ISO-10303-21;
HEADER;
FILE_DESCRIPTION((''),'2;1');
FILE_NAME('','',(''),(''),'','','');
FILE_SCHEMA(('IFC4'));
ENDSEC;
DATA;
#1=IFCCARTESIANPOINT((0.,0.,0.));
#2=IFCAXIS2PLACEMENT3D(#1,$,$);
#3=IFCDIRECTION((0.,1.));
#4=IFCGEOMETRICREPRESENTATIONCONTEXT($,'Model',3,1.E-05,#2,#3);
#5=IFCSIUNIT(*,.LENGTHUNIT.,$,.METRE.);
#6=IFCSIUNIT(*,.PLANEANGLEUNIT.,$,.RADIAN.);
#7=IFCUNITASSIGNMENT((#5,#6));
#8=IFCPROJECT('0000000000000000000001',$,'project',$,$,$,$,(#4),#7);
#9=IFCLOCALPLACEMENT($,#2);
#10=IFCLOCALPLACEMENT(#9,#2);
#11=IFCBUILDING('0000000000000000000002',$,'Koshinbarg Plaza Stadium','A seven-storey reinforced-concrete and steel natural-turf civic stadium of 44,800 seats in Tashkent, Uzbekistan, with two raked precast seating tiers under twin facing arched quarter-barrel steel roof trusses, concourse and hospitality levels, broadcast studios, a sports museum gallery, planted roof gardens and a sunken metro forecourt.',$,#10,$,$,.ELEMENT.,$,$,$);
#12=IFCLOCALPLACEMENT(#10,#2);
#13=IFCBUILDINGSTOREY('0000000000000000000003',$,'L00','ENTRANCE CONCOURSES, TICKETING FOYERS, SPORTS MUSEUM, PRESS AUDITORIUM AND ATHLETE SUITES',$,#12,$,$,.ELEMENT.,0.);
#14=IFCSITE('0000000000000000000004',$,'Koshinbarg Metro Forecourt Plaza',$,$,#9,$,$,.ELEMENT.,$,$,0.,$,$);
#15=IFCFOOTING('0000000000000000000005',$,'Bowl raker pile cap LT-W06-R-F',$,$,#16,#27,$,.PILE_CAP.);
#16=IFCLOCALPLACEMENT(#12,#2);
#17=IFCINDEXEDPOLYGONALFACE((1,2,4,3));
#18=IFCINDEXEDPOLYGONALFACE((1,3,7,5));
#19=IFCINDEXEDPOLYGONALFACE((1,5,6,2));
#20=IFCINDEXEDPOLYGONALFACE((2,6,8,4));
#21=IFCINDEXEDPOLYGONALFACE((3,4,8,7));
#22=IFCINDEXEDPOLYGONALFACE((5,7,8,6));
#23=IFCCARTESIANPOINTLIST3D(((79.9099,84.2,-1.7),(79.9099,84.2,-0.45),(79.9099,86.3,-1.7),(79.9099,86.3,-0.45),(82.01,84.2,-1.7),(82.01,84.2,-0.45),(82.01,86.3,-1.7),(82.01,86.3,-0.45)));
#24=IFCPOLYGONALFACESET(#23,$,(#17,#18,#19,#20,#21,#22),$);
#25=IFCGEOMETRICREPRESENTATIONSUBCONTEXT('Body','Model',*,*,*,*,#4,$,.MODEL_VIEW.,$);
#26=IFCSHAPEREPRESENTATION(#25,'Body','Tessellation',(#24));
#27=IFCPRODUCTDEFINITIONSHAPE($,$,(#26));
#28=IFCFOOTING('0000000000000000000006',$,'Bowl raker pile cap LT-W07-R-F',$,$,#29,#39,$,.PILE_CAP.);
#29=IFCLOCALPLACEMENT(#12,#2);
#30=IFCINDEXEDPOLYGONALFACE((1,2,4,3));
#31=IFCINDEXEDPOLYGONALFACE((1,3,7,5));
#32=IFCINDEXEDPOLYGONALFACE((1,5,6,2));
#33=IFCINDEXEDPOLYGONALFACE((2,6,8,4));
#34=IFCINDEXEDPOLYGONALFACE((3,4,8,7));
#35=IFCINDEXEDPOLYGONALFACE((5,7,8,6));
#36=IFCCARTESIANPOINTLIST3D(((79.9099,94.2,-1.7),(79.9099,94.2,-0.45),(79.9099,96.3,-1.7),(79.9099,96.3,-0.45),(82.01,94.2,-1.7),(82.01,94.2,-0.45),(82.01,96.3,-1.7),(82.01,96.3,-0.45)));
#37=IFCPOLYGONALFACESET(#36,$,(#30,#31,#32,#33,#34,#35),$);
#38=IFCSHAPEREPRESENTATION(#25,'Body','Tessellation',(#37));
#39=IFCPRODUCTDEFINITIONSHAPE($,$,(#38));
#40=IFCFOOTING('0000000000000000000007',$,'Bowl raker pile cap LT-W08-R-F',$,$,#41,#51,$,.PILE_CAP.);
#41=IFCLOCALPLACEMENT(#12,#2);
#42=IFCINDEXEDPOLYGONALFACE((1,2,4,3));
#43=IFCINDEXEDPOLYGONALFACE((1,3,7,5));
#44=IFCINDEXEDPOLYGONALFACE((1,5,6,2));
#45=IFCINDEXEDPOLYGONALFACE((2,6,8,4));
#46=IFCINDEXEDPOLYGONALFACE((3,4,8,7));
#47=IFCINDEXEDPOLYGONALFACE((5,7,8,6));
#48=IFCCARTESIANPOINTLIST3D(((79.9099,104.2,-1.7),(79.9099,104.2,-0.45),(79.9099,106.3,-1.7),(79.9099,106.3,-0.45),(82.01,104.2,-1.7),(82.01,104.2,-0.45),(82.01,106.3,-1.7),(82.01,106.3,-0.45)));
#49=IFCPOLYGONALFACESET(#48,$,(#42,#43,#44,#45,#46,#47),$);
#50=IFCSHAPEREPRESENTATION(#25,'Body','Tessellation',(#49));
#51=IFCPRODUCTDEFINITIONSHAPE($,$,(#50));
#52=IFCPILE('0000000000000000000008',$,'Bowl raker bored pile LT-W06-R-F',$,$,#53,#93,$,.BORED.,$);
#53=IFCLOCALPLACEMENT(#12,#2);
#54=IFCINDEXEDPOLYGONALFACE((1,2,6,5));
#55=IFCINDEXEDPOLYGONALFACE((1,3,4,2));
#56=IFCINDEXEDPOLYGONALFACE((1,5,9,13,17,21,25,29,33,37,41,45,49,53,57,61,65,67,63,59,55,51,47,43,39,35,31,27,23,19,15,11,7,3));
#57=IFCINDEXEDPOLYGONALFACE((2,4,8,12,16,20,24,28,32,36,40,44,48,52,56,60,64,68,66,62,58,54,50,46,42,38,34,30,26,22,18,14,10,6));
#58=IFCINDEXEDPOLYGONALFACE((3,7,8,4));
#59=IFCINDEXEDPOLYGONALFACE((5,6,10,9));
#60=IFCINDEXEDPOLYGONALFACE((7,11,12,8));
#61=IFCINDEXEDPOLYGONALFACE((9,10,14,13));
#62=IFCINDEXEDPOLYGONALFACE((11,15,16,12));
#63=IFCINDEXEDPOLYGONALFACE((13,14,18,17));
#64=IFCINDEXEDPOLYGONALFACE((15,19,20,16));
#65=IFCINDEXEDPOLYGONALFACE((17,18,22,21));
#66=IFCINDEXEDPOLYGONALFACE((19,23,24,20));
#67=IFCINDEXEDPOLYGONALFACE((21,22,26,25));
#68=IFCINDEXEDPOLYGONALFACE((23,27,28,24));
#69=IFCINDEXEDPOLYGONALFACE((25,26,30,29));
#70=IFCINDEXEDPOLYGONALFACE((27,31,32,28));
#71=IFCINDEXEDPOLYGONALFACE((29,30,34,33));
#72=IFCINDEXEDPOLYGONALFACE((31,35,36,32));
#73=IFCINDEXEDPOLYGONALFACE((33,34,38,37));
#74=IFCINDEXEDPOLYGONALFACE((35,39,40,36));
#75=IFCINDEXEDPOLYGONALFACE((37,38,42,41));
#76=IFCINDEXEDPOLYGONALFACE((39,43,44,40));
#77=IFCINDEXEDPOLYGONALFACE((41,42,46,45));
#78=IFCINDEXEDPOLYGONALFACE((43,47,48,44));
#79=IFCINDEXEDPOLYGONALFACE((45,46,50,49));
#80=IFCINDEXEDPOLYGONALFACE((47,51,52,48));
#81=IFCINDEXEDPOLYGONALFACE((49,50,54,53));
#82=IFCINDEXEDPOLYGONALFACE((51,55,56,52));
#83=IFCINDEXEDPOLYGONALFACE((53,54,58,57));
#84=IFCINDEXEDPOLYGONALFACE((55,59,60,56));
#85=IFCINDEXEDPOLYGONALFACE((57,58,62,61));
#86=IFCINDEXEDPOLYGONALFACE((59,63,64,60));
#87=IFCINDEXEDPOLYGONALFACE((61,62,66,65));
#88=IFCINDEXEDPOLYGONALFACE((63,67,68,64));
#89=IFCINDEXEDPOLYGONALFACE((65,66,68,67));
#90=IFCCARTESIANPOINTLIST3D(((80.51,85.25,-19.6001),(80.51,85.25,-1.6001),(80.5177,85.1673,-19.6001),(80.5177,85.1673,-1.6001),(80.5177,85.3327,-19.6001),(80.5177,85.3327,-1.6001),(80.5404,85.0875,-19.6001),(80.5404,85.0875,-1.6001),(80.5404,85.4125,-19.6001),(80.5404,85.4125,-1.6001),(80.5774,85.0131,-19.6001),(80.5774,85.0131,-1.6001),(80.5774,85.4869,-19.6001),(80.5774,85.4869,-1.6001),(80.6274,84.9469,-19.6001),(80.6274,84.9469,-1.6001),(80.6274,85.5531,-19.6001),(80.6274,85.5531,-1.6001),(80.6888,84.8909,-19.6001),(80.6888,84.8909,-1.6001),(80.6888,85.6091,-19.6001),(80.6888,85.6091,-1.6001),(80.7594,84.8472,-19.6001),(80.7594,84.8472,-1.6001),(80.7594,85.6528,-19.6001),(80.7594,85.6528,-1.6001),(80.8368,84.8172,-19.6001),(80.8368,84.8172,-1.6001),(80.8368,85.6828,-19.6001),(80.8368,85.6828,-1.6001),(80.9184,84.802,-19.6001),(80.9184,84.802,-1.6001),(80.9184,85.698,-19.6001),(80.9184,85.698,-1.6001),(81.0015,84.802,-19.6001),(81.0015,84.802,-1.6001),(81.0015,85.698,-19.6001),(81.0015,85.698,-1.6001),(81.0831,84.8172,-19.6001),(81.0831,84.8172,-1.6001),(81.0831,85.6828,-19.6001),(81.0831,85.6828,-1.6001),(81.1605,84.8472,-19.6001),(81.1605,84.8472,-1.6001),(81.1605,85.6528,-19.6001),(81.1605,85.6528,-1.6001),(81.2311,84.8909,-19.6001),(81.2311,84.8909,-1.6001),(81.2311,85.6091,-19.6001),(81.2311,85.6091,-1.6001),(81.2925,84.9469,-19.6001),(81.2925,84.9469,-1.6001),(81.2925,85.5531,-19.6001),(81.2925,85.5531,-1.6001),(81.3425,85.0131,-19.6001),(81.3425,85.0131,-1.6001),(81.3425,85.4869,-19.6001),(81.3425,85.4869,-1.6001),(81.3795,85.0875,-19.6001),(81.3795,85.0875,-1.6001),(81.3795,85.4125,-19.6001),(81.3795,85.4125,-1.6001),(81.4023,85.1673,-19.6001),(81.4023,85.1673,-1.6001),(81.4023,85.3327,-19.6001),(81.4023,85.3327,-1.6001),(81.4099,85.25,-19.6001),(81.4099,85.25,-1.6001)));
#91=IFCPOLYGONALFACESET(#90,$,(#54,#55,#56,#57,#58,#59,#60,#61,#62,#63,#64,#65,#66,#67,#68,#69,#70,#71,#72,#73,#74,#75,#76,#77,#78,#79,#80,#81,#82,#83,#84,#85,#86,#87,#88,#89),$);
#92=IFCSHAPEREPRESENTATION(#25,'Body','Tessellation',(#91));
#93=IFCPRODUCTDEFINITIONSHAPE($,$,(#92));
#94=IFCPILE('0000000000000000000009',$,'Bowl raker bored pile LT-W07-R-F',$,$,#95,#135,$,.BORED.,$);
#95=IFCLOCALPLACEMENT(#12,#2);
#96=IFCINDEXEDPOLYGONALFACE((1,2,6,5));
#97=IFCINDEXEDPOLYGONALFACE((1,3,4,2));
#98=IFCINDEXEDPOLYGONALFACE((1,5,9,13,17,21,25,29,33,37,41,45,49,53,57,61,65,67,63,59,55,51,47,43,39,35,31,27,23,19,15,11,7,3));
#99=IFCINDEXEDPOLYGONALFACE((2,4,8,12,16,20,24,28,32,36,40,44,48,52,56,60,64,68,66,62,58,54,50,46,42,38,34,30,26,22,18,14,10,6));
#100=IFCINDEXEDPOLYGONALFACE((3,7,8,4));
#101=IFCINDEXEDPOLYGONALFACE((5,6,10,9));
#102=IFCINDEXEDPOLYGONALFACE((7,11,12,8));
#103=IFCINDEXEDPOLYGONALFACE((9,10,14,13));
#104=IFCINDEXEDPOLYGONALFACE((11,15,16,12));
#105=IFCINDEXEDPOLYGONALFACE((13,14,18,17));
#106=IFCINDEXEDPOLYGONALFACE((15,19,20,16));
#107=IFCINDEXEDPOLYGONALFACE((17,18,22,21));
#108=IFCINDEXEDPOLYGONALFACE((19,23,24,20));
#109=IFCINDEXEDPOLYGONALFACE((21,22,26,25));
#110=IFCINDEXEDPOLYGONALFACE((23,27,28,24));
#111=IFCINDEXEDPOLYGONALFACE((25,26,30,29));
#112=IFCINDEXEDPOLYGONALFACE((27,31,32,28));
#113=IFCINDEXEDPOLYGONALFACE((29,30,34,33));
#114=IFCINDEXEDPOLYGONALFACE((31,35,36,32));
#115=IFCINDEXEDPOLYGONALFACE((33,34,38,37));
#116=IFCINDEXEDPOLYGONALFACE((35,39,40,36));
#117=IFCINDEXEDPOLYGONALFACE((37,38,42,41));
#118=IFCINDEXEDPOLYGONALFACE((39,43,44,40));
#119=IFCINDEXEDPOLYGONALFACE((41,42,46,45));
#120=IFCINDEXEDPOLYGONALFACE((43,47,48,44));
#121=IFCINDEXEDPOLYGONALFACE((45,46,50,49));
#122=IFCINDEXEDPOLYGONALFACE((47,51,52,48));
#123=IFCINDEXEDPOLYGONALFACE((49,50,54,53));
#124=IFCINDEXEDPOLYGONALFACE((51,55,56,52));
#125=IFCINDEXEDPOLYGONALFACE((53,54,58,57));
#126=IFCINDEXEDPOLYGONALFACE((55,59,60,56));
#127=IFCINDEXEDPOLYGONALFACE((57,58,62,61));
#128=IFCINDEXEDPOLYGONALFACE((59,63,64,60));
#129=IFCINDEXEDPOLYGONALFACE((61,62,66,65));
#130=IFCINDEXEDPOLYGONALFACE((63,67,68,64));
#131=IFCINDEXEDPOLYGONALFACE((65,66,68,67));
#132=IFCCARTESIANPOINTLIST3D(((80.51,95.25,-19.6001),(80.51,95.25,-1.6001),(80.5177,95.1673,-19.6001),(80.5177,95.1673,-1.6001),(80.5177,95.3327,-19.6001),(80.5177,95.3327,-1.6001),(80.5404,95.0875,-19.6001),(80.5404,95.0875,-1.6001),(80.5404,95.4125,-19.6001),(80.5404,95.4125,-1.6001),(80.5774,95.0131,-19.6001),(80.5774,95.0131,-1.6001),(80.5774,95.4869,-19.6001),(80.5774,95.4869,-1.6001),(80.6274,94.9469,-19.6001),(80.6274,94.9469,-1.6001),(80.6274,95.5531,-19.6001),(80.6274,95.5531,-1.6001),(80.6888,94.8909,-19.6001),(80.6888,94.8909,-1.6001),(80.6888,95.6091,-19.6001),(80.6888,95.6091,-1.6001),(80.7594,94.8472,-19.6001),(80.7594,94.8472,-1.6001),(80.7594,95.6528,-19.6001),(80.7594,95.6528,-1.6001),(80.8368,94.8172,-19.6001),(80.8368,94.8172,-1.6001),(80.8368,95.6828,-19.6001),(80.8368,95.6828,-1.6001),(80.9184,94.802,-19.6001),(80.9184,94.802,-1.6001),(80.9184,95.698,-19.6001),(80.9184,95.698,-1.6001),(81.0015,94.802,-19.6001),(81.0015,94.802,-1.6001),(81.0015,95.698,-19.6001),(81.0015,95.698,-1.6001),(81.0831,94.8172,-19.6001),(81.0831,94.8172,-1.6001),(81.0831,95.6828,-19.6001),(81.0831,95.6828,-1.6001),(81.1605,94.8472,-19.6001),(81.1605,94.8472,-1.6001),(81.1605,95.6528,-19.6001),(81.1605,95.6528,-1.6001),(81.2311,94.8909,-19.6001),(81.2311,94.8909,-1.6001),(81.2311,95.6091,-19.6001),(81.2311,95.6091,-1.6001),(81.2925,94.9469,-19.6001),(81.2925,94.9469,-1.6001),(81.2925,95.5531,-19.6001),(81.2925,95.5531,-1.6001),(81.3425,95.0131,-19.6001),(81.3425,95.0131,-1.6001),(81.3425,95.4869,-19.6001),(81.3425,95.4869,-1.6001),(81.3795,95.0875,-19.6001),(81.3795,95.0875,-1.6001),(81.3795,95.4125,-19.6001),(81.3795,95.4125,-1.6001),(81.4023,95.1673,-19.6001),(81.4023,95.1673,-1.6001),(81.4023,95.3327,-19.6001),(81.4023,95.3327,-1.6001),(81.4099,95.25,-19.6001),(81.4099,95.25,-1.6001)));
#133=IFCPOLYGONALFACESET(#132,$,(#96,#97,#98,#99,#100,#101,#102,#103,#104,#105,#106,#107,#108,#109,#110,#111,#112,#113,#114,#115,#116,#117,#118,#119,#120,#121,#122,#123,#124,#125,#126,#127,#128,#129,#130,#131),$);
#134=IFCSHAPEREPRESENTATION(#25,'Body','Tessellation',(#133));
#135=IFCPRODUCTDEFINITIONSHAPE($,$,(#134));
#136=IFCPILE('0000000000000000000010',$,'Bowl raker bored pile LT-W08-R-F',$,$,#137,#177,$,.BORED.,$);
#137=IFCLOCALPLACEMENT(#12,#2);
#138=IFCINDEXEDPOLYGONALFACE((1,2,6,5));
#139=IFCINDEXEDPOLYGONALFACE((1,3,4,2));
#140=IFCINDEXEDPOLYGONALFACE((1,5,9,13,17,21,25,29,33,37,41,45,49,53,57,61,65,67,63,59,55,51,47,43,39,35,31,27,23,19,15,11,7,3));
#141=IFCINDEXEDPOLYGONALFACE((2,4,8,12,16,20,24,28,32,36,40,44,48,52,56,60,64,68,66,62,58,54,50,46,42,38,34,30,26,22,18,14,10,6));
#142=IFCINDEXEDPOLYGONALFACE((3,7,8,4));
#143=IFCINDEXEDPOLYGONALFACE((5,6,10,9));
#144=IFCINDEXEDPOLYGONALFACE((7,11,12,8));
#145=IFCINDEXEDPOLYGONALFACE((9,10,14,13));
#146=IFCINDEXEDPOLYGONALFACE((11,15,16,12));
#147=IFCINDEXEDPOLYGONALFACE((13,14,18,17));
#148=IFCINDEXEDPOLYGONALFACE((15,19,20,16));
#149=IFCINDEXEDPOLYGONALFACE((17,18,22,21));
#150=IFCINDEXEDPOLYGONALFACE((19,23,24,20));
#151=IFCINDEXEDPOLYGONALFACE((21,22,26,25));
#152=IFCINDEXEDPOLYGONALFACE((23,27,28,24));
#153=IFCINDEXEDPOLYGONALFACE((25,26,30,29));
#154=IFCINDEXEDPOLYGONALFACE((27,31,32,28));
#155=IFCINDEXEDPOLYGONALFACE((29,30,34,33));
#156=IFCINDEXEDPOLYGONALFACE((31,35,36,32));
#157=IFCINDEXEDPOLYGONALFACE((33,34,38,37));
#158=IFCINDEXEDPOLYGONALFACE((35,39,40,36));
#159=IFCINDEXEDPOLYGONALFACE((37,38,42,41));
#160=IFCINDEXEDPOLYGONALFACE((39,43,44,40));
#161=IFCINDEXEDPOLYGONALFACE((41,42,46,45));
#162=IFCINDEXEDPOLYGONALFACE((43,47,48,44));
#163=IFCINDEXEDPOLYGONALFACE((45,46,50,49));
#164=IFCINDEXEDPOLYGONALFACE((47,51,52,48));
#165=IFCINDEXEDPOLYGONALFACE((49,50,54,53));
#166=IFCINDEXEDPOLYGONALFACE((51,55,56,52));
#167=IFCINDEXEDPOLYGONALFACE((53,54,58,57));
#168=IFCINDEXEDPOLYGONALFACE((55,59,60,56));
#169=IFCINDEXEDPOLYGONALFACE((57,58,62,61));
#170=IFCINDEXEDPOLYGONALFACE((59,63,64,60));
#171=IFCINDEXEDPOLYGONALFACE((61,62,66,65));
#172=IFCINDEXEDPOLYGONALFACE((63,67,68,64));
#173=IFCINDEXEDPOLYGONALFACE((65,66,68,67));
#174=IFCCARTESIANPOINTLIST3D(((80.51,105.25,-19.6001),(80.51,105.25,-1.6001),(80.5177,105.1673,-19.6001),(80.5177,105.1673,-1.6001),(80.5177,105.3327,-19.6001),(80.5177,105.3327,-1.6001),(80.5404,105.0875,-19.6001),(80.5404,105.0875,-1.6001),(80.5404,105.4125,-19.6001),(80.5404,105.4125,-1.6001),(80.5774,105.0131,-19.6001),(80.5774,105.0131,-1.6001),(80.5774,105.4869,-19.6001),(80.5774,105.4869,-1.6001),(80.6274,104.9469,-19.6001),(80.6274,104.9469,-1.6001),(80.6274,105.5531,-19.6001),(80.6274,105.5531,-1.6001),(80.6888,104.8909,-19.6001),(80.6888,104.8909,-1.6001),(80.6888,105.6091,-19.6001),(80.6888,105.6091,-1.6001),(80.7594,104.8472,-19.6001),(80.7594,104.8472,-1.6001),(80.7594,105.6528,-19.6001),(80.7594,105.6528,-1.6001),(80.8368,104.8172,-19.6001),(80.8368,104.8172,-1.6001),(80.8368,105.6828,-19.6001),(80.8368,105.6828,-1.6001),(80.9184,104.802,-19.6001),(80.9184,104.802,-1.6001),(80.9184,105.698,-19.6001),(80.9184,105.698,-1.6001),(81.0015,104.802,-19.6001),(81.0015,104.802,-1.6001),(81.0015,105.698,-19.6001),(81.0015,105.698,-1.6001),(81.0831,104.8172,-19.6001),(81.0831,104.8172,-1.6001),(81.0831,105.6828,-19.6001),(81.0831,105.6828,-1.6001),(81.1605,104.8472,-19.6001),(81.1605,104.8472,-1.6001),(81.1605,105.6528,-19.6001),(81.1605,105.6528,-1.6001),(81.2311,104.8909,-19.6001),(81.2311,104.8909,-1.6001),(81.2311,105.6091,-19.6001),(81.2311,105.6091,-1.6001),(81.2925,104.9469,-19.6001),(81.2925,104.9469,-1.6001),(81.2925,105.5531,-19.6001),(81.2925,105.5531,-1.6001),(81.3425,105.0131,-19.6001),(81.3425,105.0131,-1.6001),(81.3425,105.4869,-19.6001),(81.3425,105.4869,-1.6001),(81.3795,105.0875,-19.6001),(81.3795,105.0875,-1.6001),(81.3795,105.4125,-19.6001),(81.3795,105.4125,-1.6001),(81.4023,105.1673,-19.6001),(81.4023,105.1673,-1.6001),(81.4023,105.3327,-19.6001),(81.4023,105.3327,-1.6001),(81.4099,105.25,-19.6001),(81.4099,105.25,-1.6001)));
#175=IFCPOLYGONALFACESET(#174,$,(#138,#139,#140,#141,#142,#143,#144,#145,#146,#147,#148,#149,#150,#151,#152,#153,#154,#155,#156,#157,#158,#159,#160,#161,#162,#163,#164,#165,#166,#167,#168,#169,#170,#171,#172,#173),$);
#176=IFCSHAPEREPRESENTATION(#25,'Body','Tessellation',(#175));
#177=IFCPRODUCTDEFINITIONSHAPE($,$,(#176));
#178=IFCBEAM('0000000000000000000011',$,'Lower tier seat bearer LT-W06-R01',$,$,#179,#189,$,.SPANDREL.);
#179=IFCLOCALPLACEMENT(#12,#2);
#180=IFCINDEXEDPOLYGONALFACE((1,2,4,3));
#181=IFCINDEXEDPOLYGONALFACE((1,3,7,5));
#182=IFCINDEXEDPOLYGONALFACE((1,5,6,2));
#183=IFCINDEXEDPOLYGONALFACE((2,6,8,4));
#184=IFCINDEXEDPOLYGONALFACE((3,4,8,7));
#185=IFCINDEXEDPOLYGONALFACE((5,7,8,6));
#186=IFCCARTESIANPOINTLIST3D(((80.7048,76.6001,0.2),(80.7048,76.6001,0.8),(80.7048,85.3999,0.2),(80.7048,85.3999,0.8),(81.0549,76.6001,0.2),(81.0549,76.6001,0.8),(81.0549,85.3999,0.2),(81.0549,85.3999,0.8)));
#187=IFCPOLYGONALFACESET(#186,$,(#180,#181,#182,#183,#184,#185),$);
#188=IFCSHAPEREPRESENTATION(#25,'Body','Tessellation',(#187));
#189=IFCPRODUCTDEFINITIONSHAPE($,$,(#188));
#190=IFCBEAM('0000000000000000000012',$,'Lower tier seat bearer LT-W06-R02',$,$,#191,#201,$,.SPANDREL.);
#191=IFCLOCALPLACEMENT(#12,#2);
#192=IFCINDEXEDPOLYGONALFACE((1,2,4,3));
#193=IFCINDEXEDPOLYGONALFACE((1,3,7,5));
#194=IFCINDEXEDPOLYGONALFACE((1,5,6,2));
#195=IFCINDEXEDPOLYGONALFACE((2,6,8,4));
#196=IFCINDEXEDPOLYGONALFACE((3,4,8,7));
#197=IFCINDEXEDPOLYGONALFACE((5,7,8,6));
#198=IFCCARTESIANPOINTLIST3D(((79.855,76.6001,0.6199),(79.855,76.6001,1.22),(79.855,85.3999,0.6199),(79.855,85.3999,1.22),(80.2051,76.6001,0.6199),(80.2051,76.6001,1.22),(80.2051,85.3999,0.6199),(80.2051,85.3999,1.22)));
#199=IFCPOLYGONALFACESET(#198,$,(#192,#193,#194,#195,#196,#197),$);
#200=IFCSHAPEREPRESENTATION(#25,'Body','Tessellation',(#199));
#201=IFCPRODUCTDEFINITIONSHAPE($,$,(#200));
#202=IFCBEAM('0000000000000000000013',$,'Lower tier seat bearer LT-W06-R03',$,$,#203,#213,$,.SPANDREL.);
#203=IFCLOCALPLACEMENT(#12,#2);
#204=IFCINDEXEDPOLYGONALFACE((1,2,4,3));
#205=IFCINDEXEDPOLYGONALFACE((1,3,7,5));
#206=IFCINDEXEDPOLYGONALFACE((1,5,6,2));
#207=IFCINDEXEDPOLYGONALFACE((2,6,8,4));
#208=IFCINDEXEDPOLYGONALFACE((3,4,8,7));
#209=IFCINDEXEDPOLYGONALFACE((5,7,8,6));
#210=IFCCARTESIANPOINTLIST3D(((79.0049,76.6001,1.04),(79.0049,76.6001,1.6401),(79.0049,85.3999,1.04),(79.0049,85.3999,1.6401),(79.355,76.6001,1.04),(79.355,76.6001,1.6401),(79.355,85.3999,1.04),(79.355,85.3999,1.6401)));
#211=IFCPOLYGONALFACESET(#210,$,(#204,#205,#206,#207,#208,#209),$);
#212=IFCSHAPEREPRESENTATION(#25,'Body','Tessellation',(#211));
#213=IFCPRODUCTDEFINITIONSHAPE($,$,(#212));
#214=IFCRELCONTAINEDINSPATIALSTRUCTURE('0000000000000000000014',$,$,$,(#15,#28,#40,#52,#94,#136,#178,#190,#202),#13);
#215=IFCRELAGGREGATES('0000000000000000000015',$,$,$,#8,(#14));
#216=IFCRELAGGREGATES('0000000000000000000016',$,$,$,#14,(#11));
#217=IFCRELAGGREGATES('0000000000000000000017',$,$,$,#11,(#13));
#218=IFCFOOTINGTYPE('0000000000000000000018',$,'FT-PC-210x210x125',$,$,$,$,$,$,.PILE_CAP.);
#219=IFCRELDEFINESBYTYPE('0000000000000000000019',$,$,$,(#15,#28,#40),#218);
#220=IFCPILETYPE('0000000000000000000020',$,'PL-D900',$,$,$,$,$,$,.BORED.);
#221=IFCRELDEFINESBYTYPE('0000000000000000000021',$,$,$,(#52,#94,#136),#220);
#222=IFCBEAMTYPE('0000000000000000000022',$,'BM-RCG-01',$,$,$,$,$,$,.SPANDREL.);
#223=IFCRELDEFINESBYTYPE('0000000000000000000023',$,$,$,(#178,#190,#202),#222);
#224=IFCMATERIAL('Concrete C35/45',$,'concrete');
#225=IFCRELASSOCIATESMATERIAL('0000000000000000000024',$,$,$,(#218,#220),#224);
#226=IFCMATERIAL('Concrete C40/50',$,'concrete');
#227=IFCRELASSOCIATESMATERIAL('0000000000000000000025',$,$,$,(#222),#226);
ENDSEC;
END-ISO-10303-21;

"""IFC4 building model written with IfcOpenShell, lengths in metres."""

from ifc_helpers import new_model, si_unit, direction, frame, origin, origin_2d, place, context, subcontext, project, spatial, rectangle, circle, extrude, material, material_profile, profile_set, type_object, element, save


model = new_model("IFC4")

# Units and contexts
model_context = context("Model", 3, precision=1e-05, world=origin(), true_north=direction((0.0, 1.0)))
body_context = subcontext(model_context, "Body", "Model", "MODEL_VIEW")
ifc_project = project(units=[si_unit("LENGTHUNIT", "METRE"), si_unit("PLANEANGLEUNIT", "RADIAN")], contexts=[model_context])

# Site, building, storey
site_placement = place(None, origin())
site = spatial("IfcSite", under=ifc_project, at=site_placement, Name="Koshinbarg Metro Forecourt Plaza", CompositionType="ELEMENT", RefElevation=0.0)
building_placement = place(site_placement, origin())
building = spatial("IfcBuilding", under=site, at=building_placement, Name="Koshinbarg Plaza Stadium", Description="A seven-storey reinforced-concrete and steel natural-turf civic stadium of 44,800 seats in Tashkent, Uzbekistan, with two raked precast seating tiers under twin facing arched quarter-barrel steel roof trusses, concourse and hospitality levels, broadcast studios, a sports museum gallery, planted roof gardens and a sunken metro forecourt.", CompositionType="ELEMENT")
storey_placement = place(building_placement, origin())
storey = spatial("IfcBuildingStorey", under=building, at=storey_placement, Name="L00", Description="ENTRANCE CONCOURSES, TICKETING FOYERS, SPORTS MUSEUM, PRESS AUDITORIUM AND ATHLETE SUITES", CompositionType="ELEMENT", Elevation=0.0)

# Footings
ifc_material_1 = material(Name="Concrete C35/45", Category="concrete")
footing_type = type_object("IfcFootingType", Name="FT-PC-210x210x125", PredefinedType="PILE_CAP", material=ifc_material_1)
for number, where, z_axis, x_axis, name in (
    (1, (80.96, 85.25, -1.7), (0.0, 0.0, 1.0), (1.0, 0.0, 0.0), "Bowl raker pile cap LT-W06-R-F"),
    (2, (80.96, 95.25, -1.7), (0.0, 0.0, 1.0), (1.0, 0.0, 0.0), "Bowl raker pile cap LT-W07-R-F"),
    (3, (80.96, 105.25, -1.7), (0.0, 0.0, 1.0), (1.0, 0.0, 0.0), "Bowl raker pile cap LT-W08-R-F"),
):
    element("IfcFooting", number, at=place(storey_placement, frame(where, z_axis=z_axis, x_axis=x_axis)), inside=storey, type_object=footing_type, Name=name, PredefinedType="PILE_CAP", context=body_context, shape_type="SweptSolid", body=[
        extrude(rectangle(XDim=2.1001, YDim=2.1001, at=origin_2d()), origin(), (0.0, 0.0, 1.0), 1.25),
    ])

# Piles
ifc_material_profile_1 = material_profile(ifc_material_1, circle(Radius=0.45, at=origin_2d()), Name="PILE D900")
ifc_profile_set_1 = profile_set([ifc_material_profile_1], Name="Concrete C35/45")
pile_type = type_object("IfcPileType", Name="PL-D900", PredefinedType="BORED", material=ifc_profile_set_1)
for number, where, z_axis, x_axis, name in (
    (4, (80.96, 85.25, -1.6001), (0.0, 0.0, -1.0), (1.0, 0.0, 0.0), "Bowl raker bored pile LT-W06-R-F"),
    (5, (80.96, 95.25, -1.6001), (0.0, 0.0, -1.0), (1.0, 0.0, 0.0), "Bowl raker bored pile LT-W07-R-F"),
    (6, (80.96, 105.25, -1.6001), (0.0, 0.0, -1.0), (1.0, 0.0, 0.0), "Bowl raker bored pile LT-W08-R-F"),
):
    element("IfcPile", number, at=place(storey_placement, frame(where, z_axis=z_axis, x_axis=x_axis)), inside=storey, type_object=pile_type, Name=name, PredefinedType="BORED", context=body_context, shape_type="SweptSolid", body=[
        extrude(circle(Radius=0.45, at=origin_2d()), origin(), (0.0, 0.0, 1.0), 18.0),
    ])

# Beams
ifc_material_2 = material(Name="Concrete C40/50", Category="concrete")
ifc_material_profile_2 = material_profile(ifc_material_2, rectangle(XDim=0.3501, YDim=0.6001, at=origin_2d()), Name="RC 350x600")
ifc_profile_set_2 = profile_set([ifc_material_profile_2], Name="Concrete C40/50")
beam_type = type_object("IfcBeamType", Name="BM-RCG-01", PredefinedType="SPANDREL", material=ifc_profile_set_2)
for number, where, z_axis, x_axis, name in (
    (7, (80.8799, 76.6001, 0.5), (0.0, 1.0, 0.0), (-1.0, 0.0, 0.0), "Lower tier seat bearer LT-W06-R01"),
    (8, (80.03, 76.6001, 0.9199), (0.0, 1.0, 0.0), (-1.0, 0.0, 0.0), "Lower tier seat bearer LT-W06-R02"),
    (9, (79.1799, 76.6001, 1.3401), (0.0, 1.0, 0.0), (-1.0, 0.0, 0.0), "Lower tier seat bearer LT-W06-R03"),
):
    element("IfcBeam", number, at=place(storey_placement, frame(where, z_axis=z_axis, x_axis=x_axis)), inside=storey, type_object=beam_type, Name=name, PredefinedType="SPANDREL", context=body_context, shape_type="SweptSolid", body=[
        extrude(rectangle(XDim=0.3501, YDim=0.6001, at=origin_2d()), origin(), (0.0, 0.0, 1.0), 8.7998),
    ])

save(model, "model.ifc")
